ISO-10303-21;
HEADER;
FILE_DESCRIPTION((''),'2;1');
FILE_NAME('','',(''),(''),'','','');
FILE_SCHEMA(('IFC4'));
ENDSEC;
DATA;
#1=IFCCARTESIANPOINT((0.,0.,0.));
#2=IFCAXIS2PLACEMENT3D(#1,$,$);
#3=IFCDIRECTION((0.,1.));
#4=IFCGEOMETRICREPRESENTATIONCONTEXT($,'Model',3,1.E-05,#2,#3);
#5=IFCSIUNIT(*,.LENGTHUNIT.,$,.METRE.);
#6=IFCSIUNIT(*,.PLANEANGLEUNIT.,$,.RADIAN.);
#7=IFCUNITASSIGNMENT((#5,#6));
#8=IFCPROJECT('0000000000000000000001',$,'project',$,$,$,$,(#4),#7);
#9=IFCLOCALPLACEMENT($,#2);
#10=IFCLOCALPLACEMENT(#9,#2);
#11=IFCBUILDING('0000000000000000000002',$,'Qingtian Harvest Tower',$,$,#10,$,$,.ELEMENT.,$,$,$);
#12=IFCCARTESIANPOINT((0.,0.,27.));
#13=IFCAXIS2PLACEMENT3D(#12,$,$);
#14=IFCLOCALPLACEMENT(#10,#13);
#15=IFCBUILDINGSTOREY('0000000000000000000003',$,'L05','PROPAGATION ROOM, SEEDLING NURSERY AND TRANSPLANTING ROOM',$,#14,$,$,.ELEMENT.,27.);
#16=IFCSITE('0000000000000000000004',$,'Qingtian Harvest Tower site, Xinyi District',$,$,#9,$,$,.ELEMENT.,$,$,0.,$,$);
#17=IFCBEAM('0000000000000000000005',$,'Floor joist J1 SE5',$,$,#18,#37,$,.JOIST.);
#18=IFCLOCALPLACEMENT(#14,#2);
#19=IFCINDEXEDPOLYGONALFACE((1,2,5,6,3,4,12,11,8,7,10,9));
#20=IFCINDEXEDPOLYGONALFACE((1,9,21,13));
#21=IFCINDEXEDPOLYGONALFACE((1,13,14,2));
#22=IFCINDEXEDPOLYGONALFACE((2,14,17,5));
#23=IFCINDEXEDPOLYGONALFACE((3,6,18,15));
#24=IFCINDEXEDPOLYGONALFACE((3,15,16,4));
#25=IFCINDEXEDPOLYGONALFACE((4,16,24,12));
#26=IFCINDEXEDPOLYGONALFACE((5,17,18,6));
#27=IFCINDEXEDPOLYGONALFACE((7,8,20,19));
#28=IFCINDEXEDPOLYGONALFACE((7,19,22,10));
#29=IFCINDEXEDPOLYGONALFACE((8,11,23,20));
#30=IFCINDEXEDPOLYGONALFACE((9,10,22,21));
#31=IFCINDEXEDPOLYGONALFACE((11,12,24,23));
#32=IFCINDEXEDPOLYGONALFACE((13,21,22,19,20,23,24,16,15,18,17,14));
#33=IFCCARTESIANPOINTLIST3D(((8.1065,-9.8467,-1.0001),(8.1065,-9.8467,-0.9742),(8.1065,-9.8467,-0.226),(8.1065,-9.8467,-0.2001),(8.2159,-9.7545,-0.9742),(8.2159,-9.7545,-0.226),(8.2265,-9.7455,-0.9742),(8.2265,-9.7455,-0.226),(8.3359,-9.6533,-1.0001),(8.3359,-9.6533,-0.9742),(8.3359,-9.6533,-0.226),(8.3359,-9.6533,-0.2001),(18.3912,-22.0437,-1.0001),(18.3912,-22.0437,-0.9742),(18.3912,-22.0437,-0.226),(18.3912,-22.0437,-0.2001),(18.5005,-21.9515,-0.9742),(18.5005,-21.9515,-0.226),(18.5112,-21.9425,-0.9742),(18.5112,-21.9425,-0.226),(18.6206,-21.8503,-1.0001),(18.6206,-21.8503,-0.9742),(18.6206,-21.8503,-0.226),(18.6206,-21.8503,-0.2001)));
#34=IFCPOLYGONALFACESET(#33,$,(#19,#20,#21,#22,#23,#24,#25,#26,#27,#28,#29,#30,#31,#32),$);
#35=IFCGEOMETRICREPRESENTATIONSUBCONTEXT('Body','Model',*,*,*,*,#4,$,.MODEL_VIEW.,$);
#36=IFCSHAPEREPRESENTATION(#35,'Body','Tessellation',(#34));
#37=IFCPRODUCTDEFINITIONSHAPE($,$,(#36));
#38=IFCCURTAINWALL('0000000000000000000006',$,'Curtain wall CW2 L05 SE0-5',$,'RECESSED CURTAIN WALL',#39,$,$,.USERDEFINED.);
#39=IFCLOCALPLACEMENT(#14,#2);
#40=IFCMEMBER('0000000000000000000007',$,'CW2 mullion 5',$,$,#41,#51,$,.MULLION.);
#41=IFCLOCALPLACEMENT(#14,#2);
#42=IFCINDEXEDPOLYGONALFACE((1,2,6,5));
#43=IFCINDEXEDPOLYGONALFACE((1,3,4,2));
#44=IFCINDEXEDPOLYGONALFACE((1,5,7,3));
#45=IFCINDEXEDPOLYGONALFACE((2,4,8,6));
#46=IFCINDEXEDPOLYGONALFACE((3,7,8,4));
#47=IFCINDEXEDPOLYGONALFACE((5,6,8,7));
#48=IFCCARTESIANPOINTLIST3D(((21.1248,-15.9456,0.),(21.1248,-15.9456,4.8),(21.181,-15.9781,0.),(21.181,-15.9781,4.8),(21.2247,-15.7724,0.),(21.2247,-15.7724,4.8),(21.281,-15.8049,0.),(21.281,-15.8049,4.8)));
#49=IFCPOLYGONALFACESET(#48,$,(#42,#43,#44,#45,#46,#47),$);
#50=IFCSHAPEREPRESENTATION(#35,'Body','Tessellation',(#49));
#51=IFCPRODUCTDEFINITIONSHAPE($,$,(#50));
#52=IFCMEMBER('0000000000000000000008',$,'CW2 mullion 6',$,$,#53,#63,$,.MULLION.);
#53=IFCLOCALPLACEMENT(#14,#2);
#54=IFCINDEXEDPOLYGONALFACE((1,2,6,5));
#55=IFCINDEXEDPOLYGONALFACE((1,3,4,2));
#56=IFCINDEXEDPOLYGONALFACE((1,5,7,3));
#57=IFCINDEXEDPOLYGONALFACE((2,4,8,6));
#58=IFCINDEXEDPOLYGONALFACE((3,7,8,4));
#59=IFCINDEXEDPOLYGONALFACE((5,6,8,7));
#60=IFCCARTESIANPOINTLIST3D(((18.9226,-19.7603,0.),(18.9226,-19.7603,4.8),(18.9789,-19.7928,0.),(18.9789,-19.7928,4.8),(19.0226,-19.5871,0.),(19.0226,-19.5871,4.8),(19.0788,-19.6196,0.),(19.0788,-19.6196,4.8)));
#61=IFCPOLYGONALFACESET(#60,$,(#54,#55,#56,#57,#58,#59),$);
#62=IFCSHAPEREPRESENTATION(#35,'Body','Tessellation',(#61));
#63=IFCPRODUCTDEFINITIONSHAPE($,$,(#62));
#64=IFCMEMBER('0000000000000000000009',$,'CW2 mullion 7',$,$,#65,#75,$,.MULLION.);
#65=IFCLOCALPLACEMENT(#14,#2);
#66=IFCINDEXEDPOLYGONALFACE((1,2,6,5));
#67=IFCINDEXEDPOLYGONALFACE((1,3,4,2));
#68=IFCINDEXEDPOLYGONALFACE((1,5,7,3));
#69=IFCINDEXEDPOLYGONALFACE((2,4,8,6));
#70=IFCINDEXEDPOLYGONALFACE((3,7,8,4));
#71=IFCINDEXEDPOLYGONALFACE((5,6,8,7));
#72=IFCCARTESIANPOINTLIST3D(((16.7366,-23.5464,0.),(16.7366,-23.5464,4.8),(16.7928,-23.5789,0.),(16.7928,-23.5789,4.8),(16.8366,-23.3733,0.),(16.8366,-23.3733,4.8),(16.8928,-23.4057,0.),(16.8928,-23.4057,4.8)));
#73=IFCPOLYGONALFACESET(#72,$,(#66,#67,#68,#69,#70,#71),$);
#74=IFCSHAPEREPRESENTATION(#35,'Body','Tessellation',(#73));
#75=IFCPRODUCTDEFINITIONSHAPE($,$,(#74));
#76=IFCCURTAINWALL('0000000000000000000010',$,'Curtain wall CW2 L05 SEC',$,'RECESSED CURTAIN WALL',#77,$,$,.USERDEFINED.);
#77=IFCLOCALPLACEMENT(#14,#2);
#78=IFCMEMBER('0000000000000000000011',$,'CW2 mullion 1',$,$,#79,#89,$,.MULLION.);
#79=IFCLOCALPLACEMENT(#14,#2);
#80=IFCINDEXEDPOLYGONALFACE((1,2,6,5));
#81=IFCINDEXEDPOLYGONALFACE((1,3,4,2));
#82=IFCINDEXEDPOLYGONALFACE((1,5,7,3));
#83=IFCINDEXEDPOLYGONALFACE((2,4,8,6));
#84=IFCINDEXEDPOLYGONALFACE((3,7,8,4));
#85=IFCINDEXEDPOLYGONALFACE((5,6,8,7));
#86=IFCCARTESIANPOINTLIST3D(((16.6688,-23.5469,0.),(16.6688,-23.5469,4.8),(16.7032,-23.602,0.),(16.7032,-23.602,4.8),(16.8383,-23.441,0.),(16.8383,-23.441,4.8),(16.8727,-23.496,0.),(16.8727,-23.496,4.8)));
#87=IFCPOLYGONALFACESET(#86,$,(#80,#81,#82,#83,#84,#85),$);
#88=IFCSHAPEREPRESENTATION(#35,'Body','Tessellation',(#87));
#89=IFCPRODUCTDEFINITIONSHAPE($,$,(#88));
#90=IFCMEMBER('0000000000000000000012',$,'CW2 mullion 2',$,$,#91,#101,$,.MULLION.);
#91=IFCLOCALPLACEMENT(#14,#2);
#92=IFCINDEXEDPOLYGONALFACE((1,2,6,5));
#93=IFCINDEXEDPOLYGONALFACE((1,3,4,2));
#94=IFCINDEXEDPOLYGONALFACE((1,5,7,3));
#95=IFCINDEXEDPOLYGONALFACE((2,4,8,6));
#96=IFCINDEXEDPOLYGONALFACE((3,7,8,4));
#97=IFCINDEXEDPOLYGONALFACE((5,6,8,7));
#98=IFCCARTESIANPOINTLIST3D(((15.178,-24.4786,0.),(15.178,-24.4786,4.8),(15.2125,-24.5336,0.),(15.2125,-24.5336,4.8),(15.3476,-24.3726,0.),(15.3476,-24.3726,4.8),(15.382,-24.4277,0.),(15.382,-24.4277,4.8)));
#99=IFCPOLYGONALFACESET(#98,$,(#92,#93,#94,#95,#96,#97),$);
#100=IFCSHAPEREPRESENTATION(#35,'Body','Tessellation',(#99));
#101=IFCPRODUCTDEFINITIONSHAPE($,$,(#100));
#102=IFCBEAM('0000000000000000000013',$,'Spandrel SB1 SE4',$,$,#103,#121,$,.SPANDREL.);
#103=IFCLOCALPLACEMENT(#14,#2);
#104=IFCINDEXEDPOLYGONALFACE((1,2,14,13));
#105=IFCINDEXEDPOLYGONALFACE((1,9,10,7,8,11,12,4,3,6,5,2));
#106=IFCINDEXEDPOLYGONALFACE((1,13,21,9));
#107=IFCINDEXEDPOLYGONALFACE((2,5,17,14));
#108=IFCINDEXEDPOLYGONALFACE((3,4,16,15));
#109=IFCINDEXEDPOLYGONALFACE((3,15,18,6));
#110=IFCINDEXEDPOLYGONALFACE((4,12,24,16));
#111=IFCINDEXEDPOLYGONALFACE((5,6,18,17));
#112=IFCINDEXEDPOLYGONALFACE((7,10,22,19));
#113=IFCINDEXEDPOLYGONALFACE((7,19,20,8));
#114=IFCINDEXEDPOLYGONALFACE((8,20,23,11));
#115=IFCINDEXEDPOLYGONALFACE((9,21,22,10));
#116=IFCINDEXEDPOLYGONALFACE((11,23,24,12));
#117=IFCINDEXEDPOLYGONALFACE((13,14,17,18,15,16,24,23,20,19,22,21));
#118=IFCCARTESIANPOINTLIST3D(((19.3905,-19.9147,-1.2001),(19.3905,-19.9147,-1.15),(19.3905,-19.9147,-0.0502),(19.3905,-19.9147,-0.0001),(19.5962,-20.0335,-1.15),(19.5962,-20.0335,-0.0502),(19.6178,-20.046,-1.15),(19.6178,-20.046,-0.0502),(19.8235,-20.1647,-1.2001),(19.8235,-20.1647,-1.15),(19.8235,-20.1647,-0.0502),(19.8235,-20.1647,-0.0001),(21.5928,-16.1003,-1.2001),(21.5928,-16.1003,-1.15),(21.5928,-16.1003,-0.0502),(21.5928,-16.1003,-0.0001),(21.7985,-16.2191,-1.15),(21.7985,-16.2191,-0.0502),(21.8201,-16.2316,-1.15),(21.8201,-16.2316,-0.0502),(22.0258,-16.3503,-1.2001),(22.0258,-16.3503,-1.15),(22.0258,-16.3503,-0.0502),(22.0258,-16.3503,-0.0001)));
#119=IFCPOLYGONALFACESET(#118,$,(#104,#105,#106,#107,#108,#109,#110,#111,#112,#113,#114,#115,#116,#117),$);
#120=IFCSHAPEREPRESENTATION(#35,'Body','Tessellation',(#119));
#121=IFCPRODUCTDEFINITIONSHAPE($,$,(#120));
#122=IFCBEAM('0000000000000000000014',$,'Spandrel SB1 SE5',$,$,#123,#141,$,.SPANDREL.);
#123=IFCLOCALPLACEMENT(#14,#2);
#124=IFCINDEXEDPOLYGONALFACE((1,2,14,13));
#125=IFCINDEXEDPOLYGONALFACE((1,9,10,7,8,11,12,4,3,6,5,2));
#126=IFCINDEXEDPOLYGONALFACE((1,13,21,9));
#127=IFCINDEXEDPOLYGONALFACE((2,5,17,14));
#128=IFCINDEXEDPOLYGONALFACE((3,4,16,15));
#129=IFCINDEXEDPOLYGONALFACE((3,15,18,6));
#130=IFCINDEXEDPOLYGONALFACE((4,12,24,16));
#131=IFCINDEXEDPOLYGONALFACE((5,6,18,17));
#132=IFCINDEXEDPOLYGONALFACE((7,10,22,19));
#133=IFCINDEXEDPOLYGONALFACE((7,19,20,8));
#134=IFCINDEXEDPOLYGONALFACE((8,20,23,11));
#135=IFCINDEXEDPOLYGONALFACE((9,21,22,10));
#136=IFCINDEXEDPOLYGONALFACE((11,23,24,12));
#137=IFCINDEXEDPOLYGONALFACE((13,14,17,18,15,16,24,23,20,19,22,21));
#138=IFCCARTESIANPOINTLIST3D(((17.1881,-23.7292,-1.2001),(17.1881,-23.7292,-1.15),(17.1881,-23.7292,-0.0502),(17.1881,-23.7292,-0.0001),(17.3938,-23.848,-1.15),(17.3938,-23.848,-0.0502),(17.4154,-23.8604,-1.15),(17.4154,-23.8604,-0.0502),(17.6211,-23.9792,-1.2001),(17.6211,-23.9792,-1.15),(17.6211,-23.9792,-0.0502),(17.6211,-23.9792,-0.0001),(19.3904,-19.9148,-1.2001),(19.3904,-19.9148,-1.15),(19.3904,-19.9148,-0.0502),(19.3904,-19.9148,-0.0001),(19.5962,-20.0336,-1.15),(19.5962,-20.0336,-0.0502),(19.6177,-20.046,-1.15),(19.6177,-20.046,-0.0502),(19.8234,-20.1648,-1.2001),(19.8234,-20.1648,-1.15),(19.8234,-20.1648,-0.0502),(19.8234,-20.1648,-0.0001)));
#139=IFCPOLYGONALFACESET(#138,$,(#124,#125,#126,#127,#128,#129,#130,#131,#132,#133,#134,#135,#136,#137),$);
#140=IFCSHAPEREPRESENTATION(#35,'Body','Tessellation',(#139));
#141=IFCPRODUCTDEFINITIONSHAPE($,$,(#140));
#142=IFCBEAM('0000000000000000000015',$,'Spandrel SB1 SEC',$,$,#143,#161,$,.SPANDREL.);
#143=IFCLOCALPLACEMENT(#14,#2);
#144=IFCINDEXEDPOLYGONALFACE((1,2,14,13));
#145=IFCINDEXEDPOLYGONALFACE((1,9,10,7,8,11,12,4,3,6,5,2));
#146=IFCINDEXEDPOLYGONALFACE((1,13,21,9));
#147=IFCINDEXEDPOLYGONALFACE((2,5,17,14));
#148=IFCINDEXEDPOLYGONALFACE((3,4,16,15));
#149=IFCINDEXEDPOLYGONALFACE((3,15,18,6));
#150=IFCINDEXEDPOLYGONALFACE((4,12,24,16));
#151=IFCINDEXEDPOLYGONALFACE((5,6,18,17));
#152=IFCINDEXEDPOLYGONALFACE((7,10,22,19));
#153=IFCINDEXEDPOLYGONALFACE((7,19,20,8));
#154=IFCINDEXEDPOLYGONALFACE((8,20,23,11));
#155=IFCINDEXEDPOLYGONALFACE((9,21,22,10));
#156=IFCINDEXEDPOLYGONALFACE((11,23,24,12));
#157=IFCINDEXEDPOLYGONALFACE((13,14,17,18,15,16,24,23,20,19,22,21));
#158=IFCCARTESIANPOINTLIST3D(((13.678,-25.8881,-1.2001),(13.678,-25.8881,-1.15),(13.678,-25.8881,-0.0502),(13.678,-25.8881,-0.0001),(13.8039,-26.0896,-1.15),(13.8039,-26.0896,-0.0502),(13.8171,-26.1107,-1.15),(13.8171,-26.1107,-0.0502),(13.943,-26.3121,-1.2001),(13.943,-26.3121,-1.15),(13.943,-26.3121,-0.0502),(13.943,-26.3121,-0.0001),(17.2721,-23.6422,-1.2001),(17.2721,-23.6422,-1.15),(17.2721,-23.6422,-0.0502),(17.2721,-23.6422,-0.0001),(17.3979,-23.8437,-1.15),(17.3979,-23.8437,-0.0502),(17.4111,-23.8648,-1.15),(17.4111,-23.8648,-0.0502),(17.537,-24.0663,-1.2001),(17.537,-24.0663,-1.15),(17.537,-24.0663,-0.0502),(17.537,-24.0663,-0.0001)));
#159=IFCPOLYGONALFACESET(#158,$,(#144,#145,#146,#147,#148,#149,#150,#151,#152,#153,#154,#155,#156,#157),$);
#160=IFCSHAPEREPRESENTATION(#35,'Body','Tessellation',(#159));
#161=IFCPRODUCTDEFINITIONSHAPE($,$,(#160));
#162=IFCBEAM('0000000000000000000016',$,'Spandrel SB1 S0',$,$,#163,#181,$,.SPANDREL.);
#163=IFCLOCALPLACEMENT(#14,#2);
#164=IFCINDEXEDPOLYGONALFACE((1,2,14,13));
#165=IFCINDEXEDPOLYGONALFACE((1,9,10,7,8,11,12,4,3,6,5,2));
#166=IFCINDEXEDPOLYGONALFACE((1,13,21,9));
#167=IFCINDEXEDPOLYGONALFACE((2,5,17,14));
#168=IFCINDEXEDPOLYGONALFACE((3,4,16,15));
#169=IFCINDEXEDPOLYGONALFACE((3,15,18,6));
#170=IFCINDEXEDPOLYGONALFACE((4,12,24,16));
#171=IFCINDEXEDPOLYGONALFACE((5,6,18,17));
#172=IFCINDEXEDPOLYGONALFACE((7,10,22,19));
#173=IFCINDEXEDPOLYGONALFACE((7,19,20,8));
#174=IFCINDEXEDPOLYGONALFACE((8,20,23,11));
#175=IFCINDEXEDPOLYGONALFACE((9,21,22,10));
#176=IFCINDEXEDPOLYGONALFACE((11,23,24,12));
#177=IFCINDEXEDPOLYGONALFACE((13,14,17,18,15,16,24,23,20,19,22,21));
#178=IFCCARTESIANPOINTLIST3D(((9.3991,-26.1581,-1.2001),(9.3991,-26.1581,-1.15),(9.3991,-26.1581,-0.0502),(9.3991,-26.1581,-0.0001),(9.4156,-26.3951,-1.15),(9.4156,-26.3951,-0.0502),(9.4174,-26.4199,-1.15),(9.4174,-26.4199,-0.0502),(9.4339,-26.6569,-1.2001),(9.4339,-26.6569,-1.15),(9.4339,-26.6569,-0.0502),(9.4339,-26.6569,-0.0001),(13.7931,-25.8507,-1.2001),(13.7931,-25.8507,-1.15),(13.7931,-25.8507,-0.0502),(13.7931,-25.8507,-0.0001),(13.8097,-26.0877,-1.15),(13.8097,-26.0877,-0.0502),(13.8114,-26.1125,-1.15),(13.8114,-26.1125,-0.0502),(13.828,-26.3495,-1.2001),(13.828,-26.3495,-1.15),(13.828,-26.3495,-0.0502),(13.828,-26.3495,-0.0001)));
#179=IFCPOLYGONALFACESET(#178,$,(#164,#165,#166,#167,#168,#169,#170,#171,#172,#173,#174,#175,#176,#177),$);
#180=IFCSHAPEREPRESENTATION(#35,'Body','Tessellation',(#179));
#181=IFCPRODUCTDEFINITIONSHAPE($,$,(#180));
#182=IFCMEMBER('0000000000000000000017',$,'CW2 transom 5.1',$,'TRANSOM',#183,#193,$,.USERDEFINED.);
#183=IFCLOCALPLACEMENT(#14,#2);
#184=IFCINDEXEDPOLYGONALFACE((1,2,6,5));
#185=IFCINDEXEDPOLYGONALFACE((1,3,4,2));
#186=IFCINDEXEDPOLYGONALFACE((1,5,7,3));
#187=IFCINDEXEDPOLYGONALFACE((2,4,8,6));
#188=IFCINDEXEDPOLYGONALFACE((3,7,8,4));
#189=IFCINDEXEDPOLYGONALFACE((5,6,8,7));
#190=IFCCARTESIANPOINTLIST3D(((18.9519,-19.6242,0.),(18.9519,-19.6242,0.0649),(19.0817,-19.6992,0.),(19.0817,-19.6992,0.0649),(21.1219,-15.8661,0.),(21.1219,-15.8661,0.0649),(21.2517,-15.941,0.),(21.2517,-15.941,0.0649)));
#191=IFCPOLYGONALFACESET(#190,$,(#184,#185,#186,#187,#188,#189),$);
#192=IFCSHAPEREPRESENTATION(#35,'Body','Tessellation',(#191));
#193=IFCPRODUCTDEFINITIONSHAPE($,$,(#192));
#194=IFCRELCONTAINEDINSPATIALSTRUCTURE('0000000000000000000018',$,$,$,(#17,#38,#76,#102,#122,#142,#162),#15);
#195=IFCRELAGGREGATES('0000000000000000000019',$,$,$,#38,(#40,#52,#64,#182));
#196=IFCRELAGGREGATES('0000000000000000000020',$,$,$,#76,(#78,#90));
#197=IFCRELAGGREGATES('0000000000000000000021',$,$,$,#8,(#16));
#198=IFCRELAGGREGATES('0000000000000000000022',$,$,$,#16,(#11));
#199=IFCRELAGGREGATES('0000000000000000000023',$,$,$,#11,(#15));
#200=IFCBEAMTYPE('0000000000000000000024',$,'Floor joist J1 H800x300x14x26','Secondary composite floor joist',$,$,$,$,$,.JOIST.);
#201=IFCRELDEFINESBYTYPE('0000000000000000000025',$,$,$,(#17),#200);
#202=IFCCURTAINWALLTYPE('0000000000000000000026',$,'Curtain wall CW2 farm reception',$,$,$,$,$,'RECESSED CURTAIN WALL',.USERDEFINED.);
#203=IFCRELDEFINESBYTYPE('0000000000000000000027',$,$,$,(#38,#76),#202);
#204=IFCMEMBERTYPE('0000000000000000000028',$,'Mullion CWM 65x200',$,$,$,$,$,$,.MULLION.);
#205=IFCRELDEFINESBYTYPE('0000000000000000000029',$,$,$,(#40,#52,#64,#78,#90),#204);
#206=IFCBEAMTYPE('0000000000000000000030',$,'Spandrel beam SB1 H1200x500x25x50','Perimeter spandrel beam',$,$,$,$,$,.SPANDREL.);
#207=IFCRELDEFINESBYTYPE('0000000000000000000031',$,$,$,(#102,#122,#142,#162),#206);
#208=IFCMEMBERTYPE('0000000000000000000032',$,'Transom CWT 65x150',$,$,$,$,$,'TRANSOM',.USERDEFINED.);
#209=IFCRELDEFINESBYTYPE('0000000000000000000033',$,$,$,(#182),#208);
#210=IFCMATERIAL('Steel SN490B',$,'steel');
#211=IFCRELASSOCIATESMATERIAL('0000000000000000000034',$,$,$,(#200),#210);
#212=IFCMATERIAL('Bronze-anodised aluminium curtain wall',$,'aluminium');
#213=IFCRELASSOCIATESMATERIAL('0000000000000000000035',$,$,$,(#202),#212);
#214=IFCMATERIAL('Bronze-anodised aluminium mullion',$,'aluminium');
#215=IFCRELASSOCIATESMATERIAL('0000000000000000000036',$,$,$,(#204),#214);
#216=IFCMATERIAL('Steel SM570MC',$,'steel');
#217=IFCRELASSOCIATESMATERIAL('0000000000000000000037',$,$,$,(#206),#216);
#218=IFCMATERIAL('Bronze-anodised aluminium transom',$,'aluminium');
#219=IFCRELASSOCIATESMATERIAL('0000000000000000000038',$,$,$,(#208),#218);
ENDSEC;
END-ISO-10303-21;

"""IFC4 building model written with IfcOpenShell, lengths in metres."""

from ifc_helpers import new_model, si_unit, direction, frame, origin, origin_2d, place, context, subcontext, project, spatial, rectangle, i_section, extrude, material, material_profile, profile_set, type_object, element, aggregate, save


model = new_model("IFC4")

# Units and contexts
model_context = context("Model", 3, precision=1e-05, world=origin(), true_north=direction((0.0, 1.0)))
body_context = subcontext(model_context, "Body", "Model", "MODEL_VIEW")
ifc_project = project(units=[si_unit("LENGTHUNIT", "METRE"), si_unit("PLANEANGLEUNIT", "RADIAN")], contexts=[model_context])

# Site, building, storey
site_placement = place(None, origin())
site = spatial("IfcSite", under=ifc_project, at=site_placement, Name="Qingtian Harvest Tower site, Xinyi District", CompositionType="ELEMENT", RefElevation=0.0)
building_placement = place(site_placement, origin())
building = spatial("IfcBuilding", under=site, at=building_placement, Name="Qingtian Harvest Tower", CompositionType="ELEMENT")
storey_placement = place(building_placement, frame((0.0, 0.0, 27.0)))
storey = spatial("IfcBuildingStorey", under=building, at=storey_placement, Name="L05", Description="PROPAGATION ROOM, SEEDLING NURSERY AND TRANSPLANTING ROOM", CompositionType="ELEMENT", Elevation=27.0)

# Beam
ifc_material_1 = material(Name="Steel SN490B", Category="steel")
ifc_material_profile_1 = material_profile(ifc_material_1, i_section(OverallWidth=0.3, OverallDepth=0.8, WebThickness=0.0139, FlangeThickness=0.0259, at=origin_2d()), Name="H800x300x14x26")
ifc_profile_set_1 = profile_set([ifc_material_profile_1], Name="Steel SN490B")
beam_type_1 = type_object("IfcBeamType", Name="Floor joist J1 H800x300x14x26", Description="Secondary composite floor joist", PredefinedType="JOIST", material=ifc_profile_set_1)
beam_1_placement = place(storey_placement, frame((18.5059, -21.947, -0.6001), z_axis=(-0.64463, 0.764494, 0.0), x_axis=(-0.764494, -0.64463, 0.0)))
element("IfcBeam", 1, at=beam_1_placement, inside=storey, type_object=beam_type_1, Name="Floor joist J1 SE5", PredefinedType="JOIST", context=body_context, shape_type="SweptSolid", body=[
    extrude(i_section(OverallWidth=0.3, OverallDepth=0.8, WebThickness=0.0139, FlangeThickness=0.0259, at=origin_2d()), origin(), (0.0, 0.0, 1.0), 15.9543),
])

# Curtain walls, members
ifc_material_2 = material(Name="Bronze-anodised aluminium curtain wall", Category="aluminium")
curtain_wall_type = type_object("IfcCurtainWallType", Name="Curtain wall CW2 farm reception", ElementType="RECESSED CURTAIN WALL", PredefinedType="USERDEFINED", material=ifc_material_2)
curtain_wall_1_placement = place(storey_placement, origin())
curtain_wall_1 = element("IfcCurtainWall", 2, at=curtain_wall_1_placement, inside=storey, type_object=curtain_wall_type, Name="Curtain wall CW2 L05 SE0-5", ObjectType="RECESSED CURTAIN WALL", PredefinedType="USERDEFINED")
ifc_material_3 = material(Name="Bronze-anodised aluminium mullion", Category="aluminium")
ifc_material_profile_2 = material_profile(ifc_material_3, rectangle(XDim=0.0649, YDim=0.2, at=origin_2d()), Name="AL 65x200")
ifc_profile_set_2 = profile_set([ifc_material_profile_2], Name="Bronze-anodised aluminium mullion")
member_type_1 = type_object("IfcMemberType", Name="Mullion CWM 65x200", PredefinedType="MULLION", material=ifc_profile_set_2)
member_1_placement = place(storey_placement, frame((21.2029, -15.8752, 0.0), z_axis=(0.0, 0.0, 1.0), x_axis=(0.866025, -0.5, 0.0)))
member_1 = element("IfcMember", 3, at=member_1_placement, type_object=member_type_1, Name="CW2 mullion 5", PredefinedType="MULLION", context=body_context, shape_type="SweptSolid", body=[
    extrude(rectangle(XDim=0.0649, YDim=0.2, at=origin_2d()), origin(), (0.0, 0.0, 1.0), 4.8),
])
member_2_placement = place(storey_placement, frame((19.0007, -19.6899, 0.0), z_axis=(0.0, 0.0, 1.0), x_axis=(0.866025, -0.5, 0.0)))
member_2 = element("IfcMember", 4, at=member_2_placement, type_object=member_type_1, Name="CW2 mullion 6", PredefinedType="MULLION", context=body_context, shape_type="SweptSolid", body=[
    extrude(rectangle(XDim=0.0649, YDim=0.2, at=origin_2d()), origin(), (0.0, 0.0, 1.0), 4.8),
])
member_3_placement = place(storey_placement, frame((16.8147, -23.4761, 0.0), z_axis=(0.0, 0.0, 1.0), x_axis=(0.866025, -0.5, 0.0)))
member_3 = element("IfcMember", 5, at=member_3_placement, type_object=member_type_1, Name="CW2 mullion 7", PredefinedType="MULLION", context=body_context, shape_type="SweptSolid", body=[
    extrude(rectangle(XDim=0.0649, YDim=0.2, at=origin_2d()), origin(), (0.0, 0.0, 1.0), 4.8),
])
curtain_wall_2_placement = place(storey_placement, origin())
curtain_wall_2 = element("IfcCurtainWall", 6, at=curtain_wall_2_placement, inside=storey, type_object=curtain_wall_type, Name="Curtain wall CW2 L05 SEC", ObjectType="RECESSED CURTAIN WALL", PredefinedType="USERDEFINED")
member_4_placement = place(storey_placement, frame((16.7708, -23.5215, 0.0), z_axis=(0.0, 0.0, 1.0), x_axis=(0.529919, -0.848048, 0.0)))
member_4 = element("IfcMember", 7, at=member_4_placement, type_object=member_type_1, Name="CW2 mullion 1", PredefinedType="MULLION", context=body_context, shape_type="SweptSolid", body=[
    extrude(rectangle(XDim=0.0649, YDim=0.2, at=origin_2d()), origin(), (0.0, 0.0, 1.0), 4.8),
])
member_5_placement = place(storey_placement, frame((15.28, -24.4531, 0.0), z_axis=(0.0, 0.0, 1.0), x_axis=(0.529919, -0.848048, 0.0)))
member_5 = element("IfcMember", 8, at=member_5_placement, type_object=member_type_1, Name="CW2 mullion 2", PredefinedType="MULLION", context=body_context, shape_type="SweptSolid", body=[
    extrude(rectangle(XDim=0.0649, YDim=0.2, at=origin_2d()), origin(), (0.0, 0.0, 1.0), 4.8),
])

# Beams
ifc_material_4 = material(Name="Steel SM570MC", Category="steel")
ifc_material_profile_3 = material_profile(ifc_material_4, i_section(OverallWidth=0.5, OverallDepth=1.2, WebThickness=0.0249, FlangeThickness=0.05, at=origin_2d()), Name="H1200x500x25x50")
ifc_profile_set_3 = profile_set([ifc_material_profile_3], Name="Steel SM570MC")
beam_type_2 = type_object("IfcBeamType", Name="Spandrel beam SB1 H1200x500x25x50", Description="Perimeter spandrel beam", PredefinedType="SPANDREL", material=ifc_profile_set_3)
for number, where, z_axis, x_axis, name in (
    (9, (21.8093, -16.2253, -0.6001), (-0.50002, -0.866014, 0.0), (0.866014, -0.50002, 0.0), "Spandrel SB1 SE4"),
    (10, (19.6069, -20.0398, -0.6001), (-0.50002, -0.866014, 0.0), (0.866014, -0.50002, 0.0), "Spandrel SB1 SE5"),
):
    element("IfcBeam", number, at=place(storey_placement, frame(where, z_axis=z_axis, x_axis=x_axis)), inside=storey, type_object=beam_type_2, Name=name, PredefinedType="SPANDREL", context=body_context, shape_type="SweptSolid", body=[
        extrude(i_section(OverallWidth=0.5, OverallDepth=1.2, WebThickness=0.0249, FlangeThickness=0.05, at=origin_2d()), origin(), (0.0, 0.0, 1.0), 4.4045),
    ])
beam_2_placement = place(storey_placement, frame((17.4045, -23.8542, -0.6001), z_axis=(-0.84804, -0.529932, 0.0), x_axis=(0.529932, -0.84804, 0.0)))
element("IfcBeam", 11, at=beam_2_placement, inside=storey, type_object=beam_type_2, Name="Spandrel SB1 SEC", PredefinedType="SPANDREL", context=body_context, shape_type="SweptSolid", body=[
    extrude(i_section(OverallWidth=0.5, OverallDepth=1.2, WebThickness=0.0249, FlangeThickness=0.05, at=origin_2d()), origin(), (0.0, 0.0, 1.0), 4.238),
])
beam_3_placement = place(storey_placement, frame((13.8105, -26.1001, -0.6001), z_axis=(-0.997562, -0.069782, 0.0), x_axis=(0.069782, -0.997562, 0.0)))
element("IfcBeam", 12, at=beam_3_placement, inside=storey, type_object=beam_type_2, Name="Spandrel SB1 S0", PredefinedType="SPANDREL", context=body_context, shape_type="SweptSolid", body=[
    extrude(i_section(OverallWidth=0.5, OverallDepth=1.2, WebThickness=0.0249, FlangeThickness=0.05, at=origin_2d()), origin(), (0.0, 0.0, 1.0), 4.4048),
])

# Member
ifc_material_5 = material(Name="Bronze-anodised aluminium transom", Category="aluminium")
ifc_material_profile_4 = material_profile(ifc_material_5, rectangle(XDim=0.1499, YDim=0.0649, at=origin_2d()), Name="AL 65x150")
ifc_profile_set_4 = profile_set([ifc_material_profile_4], Name="Bronze-anodised aluminium transom")
member_type_2 = type_object("IfcMemberType", Name="Transom CWT 65x150", ElementType="TRANSOM", PredefinedType="USERDEFINED", material=ifc_profile_set_4)
member_6_placement = place(storey_placement, frame((21.1868, -15.9036, 0.0325), z_axis=(-0.500036, -0.866005, 0.0), x_axis=(0.866005, -0.500036, 0.0)))
member_6 = element("IfcMember", 13, at=member_6_placement, type_object=member_type_2, Name="CW2 transom 5.1", ObjectType="TRANSOM", PredefinedType="USERDEFINED", context=body_context, shape_type="SweptSolid", body=[
    extrude(rectangle(XDim=0.1499, YDim=0.0649, at=origin_2d()), origin(), (0.0, 0.0, 1.0), 4.3396),
])

aggregate(curtain_wall_1, [member_1, member_2, member_3, member_6])
aggregate(curtain_wall_2, [member_4, member_5])

save(model, "model.ifc")
